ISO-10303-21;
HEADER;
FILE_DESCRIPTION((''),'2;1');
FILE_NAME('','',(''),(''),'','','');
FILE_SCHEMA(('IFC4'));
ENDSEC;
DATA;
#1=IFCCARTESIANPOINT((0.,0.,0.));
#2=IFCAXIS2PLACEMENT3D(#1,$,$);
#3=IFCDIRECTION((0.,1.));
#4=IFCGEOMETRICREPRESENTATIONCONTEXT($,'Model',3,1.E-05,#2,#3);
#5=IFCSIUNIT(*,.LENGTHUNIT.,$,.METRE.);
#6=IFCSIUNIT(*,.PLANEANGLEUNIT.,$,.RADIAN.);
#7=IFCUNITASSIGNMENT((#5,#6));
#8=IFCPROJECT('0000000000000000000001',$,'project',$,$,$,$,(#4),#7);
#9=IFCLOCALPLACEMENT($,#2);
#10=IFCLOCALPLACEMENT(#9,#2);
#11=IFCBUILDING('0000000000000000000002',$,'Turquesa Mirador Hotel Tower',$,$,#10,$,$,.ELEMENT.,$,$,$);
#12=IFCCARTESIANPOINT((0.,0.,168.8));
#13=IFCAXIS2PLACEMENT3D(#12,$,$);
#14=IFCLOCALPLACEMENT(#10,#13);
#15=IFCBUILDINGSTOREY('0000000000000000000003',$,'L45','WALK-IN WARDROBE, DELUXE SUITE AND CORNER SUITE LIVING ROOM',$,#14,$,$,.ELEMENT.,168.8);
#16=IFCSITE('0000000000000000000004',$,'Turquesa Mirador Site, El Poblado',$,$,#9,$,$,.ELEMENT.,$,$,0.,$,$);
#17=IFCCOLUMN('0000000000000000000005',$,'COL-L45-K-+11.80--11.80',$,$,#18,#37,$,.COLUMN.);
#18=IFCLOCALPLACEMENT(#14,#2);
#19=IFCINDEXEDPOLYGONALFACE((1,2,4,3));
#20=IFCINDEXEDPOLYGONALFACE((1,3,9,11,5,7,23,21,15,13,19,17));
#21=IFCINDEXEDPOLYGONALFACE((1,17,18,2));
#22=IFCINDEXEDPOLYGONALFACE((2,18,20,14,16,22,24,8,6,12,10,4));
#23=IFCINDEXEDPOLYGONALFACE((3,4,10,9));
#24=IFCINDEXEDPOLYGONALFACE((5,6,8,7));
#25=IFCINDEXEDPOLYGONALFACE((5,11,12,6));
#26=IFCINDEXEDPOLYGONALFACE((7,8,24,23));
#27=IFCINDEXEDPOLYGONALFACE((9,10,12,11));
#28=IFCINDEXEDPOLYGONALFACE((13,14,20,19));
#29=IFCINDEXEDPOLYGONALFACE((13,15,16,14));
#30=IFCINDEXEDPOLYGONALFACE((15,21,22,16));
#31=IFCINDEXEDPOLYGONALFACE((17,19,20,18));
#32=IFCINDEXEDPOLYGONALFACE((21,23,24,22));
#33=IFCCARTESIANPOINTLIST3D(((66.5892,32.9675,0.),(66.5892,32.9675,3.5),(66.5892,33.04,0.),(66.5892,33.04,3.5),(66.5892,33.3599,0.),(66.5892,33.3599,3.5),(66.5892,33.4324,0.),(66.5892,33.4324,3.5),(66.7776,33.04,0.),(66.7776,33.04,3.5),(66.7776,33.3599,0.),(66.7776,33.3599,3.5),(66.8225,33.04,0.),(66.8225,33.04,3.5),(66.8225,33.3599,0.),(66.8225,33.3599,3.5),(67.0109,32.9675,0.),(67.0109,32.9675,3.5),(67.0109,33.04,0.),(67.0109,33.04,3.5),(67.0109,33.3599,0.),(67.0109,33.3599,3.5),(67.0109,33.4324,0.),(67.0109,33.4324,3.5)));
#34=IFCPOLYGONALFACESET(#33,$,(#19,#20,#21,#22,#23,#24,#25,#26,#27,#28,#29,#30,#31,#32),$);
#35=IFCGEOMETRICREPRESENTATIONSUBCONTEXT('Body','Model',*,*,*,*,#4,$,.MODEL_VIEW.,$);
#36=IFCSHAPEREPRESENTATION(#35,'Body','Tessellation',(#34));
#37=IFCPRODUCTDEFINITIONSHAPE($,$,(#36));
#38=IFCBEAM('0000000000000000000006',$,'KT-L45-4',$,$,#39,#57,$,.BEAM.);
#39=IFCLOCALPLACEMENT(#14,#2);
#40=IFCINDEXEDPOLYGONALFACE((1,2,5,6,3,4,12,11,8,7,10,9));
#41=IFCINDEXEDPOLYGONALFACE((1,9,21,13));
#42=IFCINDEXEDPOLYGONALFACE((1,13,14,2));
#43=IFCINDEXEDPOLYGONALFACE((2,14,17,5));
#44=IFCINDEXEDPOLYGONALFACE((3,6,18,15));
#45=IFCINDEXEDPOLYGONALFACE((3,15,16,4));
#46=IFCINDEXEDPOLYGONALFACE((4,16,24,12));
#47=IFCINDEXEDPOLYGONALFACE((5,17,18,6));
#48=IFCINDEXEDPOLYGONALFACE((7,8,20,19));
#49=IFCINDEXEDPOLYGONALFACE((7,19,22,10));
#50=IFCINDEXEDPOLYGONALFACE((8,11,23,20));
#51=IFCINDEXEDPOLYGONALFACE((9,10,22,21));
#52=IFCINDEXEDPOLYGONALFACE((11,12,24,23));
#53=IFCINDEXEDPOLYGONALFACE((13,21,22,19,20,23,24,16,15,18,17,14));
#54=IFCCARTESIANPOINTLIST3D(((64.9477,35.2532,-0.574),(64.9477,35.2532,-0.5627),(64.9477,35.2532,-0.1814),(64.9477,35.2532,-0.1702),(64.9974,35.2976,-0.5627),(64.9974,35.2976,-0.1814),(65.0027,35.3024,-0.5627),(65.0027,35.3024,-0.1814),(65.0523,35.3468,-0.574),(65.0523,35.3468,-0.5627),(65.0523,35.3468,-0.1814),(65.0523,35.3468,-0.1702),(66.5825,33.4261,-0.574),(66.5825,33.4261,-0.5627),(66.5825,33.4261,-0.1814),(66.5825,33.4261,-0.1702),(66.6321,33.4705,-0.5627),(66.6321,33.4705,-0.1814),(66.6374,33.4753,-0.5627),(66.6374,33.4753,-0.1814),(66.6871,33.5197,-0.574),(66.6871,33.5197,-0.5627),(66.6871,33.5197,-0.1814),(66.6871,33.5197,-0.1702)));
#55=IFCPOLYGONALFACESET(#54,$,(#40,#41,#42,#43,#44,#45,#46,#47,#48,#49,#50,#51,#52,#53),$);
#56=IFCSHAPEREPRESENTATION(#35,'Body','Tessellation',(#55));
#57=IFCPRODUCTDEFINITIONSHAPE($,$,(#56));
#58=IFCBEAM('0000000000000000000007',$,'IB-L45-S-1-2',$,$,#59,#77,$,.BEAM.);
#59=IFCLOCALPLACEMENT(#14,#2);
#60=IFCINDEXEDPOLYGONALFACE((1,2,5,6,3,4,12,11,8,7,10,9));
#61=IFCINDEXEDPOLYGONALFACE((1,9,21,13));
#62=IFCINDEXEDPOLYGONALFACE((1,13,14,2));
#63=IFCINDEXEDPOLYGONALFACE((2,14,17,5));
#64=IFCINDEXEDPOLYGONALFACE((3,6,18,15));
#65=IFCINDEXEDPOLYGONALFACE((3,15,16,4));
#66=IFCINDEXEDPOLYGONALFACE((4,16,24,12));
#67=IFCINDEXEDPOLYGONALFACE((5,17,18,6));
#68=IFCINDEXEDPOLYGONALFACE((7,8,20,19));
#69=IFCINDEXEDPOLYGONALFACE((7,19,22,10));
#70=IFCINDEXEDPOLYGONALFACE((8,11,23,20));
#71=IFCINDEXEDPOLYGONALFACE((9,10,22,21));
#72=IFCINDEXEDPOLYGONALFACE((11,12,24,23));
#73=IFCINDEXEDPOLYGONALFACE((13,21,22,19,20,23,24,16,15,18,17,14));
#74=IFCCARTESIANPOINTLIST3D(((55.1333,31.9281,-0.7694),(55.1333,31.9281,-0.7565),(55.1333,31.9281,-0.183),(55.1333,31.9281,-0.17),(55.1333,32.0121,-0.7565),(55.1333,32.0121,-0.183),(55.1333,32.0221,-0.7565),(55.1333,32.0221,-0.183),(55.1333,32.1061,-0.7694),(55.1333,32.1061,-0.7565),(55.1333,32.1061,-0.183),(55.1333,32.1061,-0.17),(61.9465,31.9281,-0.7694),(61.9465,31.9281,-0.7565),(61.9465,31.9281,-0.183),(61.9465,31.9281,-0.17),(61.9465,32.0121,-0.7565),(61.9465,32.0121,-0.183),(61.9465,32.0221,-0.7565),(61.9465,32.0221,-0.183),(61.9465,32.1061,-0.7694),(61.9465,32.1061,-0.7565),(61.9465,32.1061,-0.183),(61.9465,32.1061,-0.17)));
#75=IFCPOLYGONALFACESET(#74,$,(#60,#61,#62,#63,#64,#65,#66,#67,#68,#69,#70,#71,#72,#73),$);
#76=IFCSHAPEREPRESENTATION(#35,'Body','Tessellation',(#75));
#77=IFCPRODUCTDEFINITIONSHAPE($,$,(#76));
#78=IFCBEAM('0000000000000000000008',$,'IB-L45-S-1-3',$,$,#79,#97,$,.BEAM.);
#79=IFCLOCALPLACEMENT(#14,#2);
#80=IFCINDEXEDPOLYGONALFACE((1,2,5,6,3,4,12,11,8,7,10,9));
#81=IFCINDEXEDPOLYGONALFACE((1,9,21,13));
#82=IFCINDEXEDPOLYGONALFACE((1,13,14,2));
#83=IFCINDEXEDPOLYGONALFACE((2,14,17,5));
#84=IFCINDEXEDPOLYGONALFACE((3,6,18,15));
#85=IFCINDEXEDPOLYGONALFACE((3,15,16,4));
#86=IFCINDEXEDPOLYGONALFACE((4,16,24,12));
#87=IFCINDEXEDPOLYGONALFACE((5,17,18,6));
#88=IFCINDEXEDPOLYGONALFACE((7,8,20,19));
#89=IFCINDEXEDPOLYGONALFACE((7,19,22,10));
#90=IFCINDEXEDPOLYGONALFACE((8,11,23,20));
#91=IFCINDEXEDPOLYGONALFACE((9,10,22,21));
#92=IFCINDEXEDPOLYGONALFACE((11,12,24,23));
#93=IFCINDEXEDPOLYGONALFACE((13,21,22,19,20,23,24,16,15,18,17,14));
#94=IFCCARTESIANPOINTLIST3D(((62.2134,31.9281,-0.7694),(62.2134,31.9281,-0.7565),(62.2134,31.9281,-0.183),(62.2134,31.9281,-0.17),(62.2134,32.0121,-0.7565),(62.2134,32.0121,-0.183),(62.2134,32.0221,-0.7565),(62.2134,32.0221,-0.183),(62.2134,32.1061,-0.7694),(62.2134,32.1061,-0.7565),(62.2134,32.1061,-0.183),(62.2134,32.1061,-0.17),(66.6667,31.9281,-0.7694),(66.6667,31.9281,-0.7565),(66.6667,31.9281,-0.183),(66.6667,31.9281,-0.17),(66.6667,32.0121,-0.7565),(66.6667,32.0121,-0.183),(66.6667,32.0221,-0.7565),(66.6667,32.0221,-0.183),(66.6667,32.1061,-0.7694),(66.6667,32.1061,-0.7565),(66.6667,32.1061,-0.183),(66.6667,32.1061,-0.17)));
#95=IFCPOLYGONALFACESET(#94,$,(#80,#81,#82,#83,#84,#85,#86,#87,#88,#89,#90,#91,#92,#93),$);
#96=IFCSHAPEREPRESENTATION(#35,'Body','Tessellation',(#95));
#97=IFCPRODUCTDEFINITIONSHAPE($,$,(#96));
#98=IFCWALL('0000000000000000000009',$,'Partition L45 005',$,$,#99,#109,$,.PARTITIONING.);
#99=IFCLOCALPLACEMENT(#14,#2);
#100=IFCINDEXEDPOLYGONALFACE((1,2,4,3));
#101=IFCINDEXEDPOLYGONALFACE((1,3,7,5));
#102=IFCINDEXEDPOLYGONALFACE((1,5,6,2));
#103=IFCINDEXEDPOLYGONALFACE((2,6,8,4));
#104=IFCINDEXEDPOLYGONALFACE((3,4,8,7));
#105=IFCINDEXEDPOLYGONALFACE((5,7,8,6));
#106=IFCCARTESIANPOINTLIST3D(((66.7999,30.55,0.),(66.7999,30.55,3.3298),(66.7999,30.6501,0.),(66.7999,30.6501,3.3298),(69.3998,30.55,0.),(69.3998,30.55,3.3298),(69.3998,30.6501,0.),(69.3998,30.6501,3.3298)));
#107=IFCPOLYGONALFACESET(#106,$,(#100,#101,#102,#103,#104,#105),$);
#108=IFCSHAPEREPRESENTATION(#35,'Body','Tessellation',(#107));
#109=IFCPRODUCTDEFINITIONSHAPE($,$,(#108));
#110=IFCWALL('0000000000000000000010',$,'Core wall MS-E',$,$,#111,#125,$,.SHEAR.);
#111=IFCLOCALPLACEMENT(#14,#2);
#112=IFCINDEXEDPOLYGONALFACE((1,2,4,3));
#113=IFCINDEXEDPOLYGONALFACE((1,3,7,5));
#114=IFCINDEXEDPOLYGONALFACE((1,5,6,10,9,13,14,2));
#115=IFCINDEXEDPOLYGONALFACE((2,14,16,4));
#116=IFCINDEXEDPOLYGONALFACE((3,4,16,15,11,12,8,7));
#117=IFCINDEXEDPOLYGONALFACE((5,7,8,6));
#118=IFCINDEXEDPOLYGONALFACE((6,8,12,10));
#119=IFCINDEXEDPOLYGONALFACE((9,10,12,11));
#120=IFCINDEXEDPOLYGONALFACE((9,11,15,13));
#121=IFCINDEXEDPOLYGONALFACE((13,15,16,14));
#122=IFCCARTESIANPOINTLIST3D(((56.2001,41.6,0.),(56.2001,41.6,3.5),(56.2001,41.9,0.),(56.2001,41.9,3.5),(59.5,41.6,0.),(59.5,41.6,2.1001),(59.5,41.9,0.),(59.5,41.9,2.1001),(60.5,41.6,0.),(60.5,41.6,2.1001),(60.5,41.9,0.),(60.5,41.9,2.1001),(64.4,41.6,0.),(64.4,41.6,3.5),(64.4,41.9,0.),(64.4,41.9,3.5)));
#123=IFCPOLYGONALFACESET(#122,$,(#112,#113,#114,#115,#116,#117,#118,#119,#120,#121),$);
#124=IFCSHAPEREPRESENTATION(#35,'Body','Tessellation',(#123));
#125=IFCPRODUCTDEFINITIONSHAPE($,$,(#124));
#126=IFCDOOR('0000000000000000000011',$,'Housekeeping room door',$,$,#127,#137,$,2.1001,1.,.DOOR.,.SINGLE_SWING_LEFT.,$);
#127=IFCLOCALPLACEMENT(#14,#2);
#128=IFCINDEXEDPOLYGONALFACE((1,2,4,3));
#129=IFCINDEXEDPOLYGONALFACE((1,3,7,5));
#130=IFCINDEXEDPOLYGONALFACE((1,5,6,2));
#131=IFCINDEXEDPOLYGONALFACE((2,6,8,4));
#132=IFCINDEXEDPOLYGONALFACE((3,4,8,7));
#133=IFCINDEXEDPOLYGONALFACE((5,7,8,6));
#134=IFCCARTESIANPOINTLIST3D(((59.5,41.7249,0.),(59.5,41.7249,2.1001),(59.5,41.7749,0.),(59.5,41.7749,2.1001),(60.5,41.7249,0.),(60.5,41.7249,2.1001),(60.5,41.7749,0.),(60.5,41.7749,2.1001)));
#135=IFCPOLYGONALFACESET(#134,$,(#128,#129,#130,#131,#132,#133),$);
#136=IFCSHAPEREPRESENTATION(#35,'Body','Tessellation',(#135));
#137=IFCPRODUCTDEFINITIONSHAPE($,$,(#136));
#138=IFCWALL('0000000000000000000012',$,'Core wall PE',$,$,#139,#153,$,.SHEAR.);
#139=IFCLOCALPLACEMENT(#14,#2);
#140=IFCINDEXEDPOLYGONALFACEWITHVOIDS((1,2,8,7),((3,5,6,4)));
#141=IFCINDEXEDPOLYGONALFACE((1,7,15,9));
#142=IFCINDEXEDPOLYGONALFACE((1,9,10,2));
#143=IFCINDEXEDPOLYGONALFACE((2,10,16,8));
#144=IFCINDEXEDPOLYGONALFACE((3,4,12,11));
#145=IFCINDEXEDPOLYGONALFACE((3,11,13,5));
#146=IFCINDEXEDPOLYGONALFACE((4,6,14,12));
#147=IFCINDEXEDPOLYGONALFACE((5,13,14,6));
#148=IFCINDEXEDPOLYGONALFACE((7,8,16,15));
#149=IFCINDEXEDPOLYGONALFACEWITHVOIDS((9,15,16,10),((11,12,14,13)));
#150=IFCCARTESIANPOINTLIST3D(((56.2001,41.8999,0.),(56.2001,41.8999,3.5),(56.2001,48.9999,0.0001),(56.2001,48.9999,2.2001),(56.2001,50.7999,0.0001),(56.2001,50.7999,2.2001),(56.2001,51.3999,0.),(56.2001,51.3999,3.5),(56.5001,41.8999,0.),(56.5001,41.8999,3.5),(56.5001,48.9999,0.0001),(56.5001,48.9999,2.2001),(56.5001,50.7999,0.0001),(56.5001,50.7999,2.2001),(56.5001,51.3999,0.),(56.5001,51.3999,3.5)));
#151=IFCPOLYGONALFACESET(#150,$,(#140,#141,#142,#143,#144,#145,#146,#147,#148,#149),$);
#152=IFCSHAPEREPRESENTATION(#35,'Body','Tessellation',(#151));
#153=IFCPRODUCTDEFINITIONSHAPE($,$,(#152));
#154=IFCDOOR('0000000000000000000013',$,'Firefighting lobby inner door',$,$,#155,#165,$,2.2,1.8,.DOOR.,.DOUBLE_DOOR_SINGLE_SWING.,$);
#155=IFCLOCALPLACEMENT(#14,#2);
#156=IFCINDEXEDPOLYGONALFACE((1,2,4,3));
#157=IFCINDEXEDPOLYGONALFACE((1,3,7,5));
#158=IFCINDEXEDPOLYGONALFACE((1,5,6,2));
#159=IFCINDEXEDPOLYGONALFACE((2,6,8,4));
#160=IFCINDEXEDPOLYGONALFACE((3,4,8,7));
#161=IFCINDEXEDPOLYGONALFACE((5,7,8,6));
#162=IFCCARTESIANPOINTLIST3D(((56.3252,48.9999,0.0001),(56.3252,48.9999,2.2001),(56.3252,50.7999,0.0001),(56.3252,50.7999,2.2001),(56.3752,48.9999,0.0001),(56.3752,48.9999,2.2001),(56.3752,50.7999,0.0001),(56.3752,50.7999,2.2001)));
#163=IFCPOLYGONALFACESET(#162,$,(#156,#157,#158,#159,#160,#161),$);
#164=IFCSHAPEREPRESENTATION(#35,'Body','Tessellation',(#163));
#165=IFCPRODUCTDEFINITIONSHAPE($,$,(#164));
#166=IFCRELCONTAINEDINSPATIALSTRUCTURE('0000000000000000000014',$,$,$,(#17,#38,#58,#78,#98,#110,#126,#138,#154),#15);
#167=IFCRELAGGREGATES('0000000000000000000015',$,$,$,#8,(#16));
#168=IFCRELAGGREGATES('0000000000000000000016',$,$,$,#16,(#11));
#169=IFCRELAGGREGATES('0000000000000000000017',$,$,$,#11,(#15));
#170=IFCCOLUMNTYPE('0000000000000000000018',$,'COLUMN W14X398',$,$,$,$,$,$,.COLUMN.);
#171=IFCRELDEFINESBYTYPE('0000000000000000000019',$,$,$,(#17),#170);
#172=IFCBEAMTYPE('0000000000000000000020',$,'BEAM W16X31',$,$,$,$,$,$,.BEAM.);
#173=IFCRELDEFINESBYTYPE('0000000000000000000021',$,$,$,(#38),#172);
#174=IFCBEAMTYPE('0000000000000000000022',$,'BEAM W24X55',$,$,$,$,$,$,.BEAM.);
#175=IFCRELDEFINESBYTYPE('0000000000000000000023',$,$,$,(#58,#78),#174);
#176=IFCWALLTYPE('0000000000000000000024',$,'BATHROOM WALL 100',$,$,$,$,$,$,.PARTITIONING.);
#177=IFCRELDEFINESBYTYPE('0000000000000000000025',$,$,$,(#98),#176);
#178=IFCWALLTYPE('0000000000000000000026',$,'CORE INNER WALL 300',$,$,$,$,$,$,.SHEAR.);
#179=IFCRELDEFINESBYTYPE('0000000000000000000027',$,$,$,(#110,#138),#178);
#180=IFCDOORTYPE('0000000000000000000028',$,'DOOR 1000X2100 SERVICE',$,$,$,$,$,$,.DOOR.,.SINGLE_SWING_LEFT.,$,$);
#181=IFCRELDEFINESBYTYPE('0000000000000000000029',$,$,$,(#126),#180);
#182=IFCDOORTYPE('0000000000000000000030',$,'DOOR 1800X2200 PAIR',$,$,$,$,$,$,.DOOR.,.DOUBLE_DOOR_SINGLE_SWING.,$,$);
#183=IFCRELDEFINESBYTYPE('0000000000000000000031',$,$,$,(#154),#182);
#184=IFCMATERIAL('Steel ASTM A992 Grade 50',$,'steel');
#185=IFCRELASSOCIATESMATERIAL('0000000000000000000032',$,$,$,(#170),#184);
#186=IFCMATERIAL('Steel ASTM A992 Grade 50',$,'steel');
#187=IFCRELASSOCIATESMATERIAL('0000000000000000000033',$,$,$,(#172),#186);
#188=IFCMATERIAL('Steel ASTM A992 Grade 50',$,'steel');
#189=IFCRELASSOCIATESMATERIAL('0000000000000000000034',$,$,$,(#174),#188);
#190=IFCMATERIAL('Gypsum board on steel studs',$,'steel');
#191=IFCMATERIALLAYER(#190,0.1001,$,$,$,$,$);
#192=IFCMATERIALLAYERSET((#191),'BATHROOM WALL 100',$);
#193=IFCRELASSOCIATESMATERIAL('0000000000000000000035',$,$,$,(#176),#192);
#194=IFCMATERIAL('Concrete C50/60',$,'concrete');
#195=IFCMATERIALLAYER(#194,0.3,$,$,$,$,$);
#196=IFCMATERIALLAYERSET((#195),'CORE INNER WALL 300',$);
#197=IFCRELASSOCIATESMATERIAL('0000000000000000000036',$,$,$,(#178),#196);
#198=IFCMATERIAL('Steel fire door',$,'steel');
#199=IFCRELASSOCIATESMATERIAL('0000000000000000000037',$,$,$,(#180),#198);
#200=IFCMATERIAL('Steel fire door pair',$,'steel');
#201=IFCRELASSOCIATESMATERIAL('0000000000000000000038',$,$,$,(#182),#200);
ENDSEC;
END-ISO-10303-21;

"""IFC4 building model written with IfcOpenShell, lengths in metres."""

from ifc_helpers import new_model, si_unit, direction, frame, frame_2d, origin, origin_2d, place, context, subcontext, project, spatial, rectangle, i_section, extrude, material, layer, layer_set, material_profile, profile_set, type_object, element, fill, save


model = new_model("IFC4")

# Units and contexts
model_context = context("Model", 3, precision=1e-05, world=origin(), true_north=direction((0.0, 1.0)))
body_context = subcontext(model_context, "Body", "Model", "MODEL_VIEW")
ifc_project = project(units=[si_unit("LENGTHUNIT", "METRE"), si_unit("PLANEANGLEUNIT", "RADIAN")], contexts=[model_context])

# Site, building, storey
site_placement = place(None, origin())
site = spatial("IfcSite", under=ifc_project, at=site_placement, Name="Turquesa Mirador Site, El Poblado", CompositionType="ELEMENT", RefElevation=0.0)
building_placement = place(site_placement, origin())
building = spatial("IfcBuilding", under=site, at=building_placement, Name="Turquesa Mirador Hotel Tower", CompositionType="ELEMENT")
storey_placement = place(building_placement, frame((0.0, 0.0, 168.8)))
storey = spatial("IfcBuildingStorey", under=building, at=storey_placement, Name="L45", Description="WALK-IN WARDROBE, DELUXE SUITE AND CORNER SUITE LIVING ROOM", CompositionType="ELEMENT", Elevation=168.8)

# Column
ifc_material_1 = material(Name="Steel ASTM A992 Grade 50", Category="steel")
ifc_material_profile_1 = material_profile(ifc_material_1, i_section(OverallWidth=0.4216, OverallDepth=0.4648, WebThickness=0.0449, FlangeThickness=0.0725, at=origin_2d()), Name="W14X398")
ifc_profile_set_1 = profile_set([ifc_material_profile_1], Name="Steel ASTM A992 Grade 50")
column_type = type_object("IfcColumnType", Name="COLUMN W14X398", PredefinedType="COLUMN", material=ifc_profile_set_1)
column_placement = place(storey_placement, frame((66.8, 33.2, 0.0), z_axis=(0.0, 0.0, 1.0), x_axis=(1.0, 0.0, 0.0)))
element("IfcColumn", 1, at=column_placement, inside=storey, type_object=column_type, Name="COL-L45-K-+11.80--11.80", PredefinedType="COLUMN", context=body_context, shape_type="SweptSolid", body=[
    extrude(i_section(OverallWidth=0.4216, OverallDepth=0.4648, WebThickness=0.0449, FlangeThickness=0.0725, at=origin_2d()), origin(), (0.0, 0.0, 1.0), 3.5),
])

# Beams
ifc_material_2 = material(Name="Steel ASTM A992 Grade 50", Category="steel")
ifc_material_profile_2 = material_profile(ifc_material_2, i_section(OverallWidth=0.1404, OverallDepth=0.4038, WebThickness=0.0071, FlangeThickness=0.0112, at=origin_2d()), Name="W16X31")
ifc_profile_set_2 = profile_set([ifc_material_profile_2], Name="Steel ASTM A992 Grade 50")
beam_type_1 = type_object("IfcBeamType", Name="BEAM W16X31", PredefinedType="BEAM", material=ifc_profile_set_2)
beam_1_placement = place(storey_placement, frame((66.6348, 33.4729, -0.3721), z_axis=(-0.666783, 0.745252, 0.0), x_axis=(-0.745252, -0.666783, 0.0)))
element("IfcBeam", 2, at=beam_1_placement, inside=storey, type_object=beam_type_1, Name="KT-L45-4", PredefinedType="BEAM", context=body_context, shape_type="SweptSolid", body=[
    extrude(i_section(OverallWidth=0.1404, OverallDepth=0.4038, WebThickness=0.0071, FlangeThickness=0.0112, at=origin_2d()), origin(), (0.0, 0.0, 1.0), 2.4517),
])
ifc_material_3 = material(Name="Steel ASTM A992 Grade 50", Category="steel")
ifc_material_profile_3 = material_profile(ifc_material_3, i_section(OverallWidth=0.178, OverallDepth=0.5994, WebThickness=0.01, FlangeThickness=0.0129, at=origin_2d()), Name="W24X55")
ifc_profile_set_3 = profile_set([ifc_material_profile_3], Name="Steel ASTM A992 Grade 50")
beam_type_2 = type_object("IfcBeamType", Name="BEAM W24X55", PredefinedType="BEAM", material=ifc_profile_set_3)
beam_2_placement = place(storey_placement, frame((55.1333, 32.0171, -0.4697), z_axis=(1.0, 0.0, 0.0), x_axis=(0.0, 1.0, 0.0)))
element("IfcBeam", 3, at=beam_2_placement, inside=storey, type_object=beam_type_2, Name="IB-L45-S-1-2", PredefinedType="BEAM", context=body_context, shape_type="SweptSolid", body=[
    extrude(i_section(OverallWidth=0.178, OverallDepth=0.5994, WebThickness=0.01, FlangeThickness=0.0129, at=origin_2d()), origin(), (0.0, 0.0, 1.0), 6.8132),
])
beam_3_placement = place(storey_placement, frame((62.2134, 32.0171, -0.4697), z_axis=(1.0, 0.0, 0.0), x_axis=(0.0, 1.0, 0.0)))
element("IfcBeam", 4, at=beam_3_placement, inside=storey, type_object=beam_type_2, Name="IB-L45-S-1-3", PredefinedType="BEAM", context=body_context, shape_type="SweptSolid", body=[
    extrude(i_section(OverallWidth=0.178, OverallDepth=0.5994, WebThickness=0.01, FlangeThickness=0.0129, at=origin_2d()), origin(), (0.0, 0.0, 1.0), 4.4534),
])

# Wall
ifc_material_4 = material(Name="Gypsum board on steel studs", Category="steel")
ifc_layer_1 = layer(ifc_material_4, 0.1001)
ifc_layer_set_1 = layer_set([ifc_layer_1], Name="BATHROOM WALL 100")
wall_type_1 = type_object("IfcWallType", Name="BATHROOM WALL 100", PredefinedType="PARTITIONING", material=ifc_layer_set_1)
wall_1_placement = place(storey_placement, frame((66.8, 30.6001, 0.0), z_axis=(0.0, 0.0, 1.0), x_axis=(1.0, 0.0, 0.0)))
element("IfcWall", 5, at=wall_1_placement, inside=storey, type_object=wall_type_1, Name="Partition L45 005", PredefinedType="PARTITIONING", context=body_context, shape_type="SweptSolid", body=[
    extrude(rectangle(XDim=2.5999, YDim=0.1001, at=frame_2d((1.2998, 0.0))), origin(), (0.0, 0.0, 1.0), 3.3298),
])

# Walls, openings, doors
ifc_material_5 = material(Name="Concrete C50/60", Category="concrete")
ifc_layer_2 = layer(ifc_material_5, 0.3)
ifc_layer_set_2 = layer_set([ifc_layer_2], Name="CORE INNER WALL 300")
wall_type_2 = type_object("IfcWallType", Name="CORE INNER WALL 300", PredefinedType="SHEAR", material=ifc_layer_set_2)
wall_2_placement = place(storey_placement, frame((56.2, 41.75, 0.0), z_axis=(0.0, 0.0, 1.0), x_axis=(1.0, 0.0, 0.0)))
wall_2 = element("IfcWall", 6, at=wall_2_placement, inside=storey, type_object=wall_type_2, Name="Core wall MS-E", PredefinedType="SHEAR", context=body_context, shape_type="SweptSolid", body=[
    extrude(rectangle(XDim=8.2, YDim=0.3, at=frame_2d((4.1001, 0.0))), origin(), (0.0, 0.0, 1.0), 3.5),
])
opening_1_placement = place(wall_2_placement, frame((3.3, 0.0, 0.0)))
opening_1 = element("IfcOpeningElement", 7, at=opening_1_placement, cuts=wall_2, PredefinedType="OPENING", context=body_context, shape_type="SweptSolid", body=[
    extrude(rectangle(XDim=1.0, YDim=2.1001, at=frame_2d((0.5, 1.05))), frame((0.0, 0.1599, 0.0), z_axis=(0.0, -1.0, 0.0), x_axis=(1.0, 0.0, 0.0)), (0.0, 0.0, 1.0), 0.3201),
])
ifc_material_6 = material(Name="Steel fire door", Category="steel")
door_type_1 = type_object("IfcDoorType", Name="DOOR 1000X2100 SERVICE", OperationType="SINGLE_SWING_LEFT", PredefinedType="DOOR", material=ifc_material_6)
door_1_placement = place(opening_1_placement, origin())
door_1 = element("IfcDoor", 8, at=door_1_placement, inside=storey, type_object=door_type_1, Name="Housekeeping room door", OperationType="SINGLE_SWING_LEFT", OverallHeight=2.1001, OverallWidth=1.0, PredefinedType="DOOR", context=body_context, shape_type="SweptSolid", body=[
    extrude(rectangle(XDim=1.0, YDim=2.1001, at=frame_2d((0.5, 1.05))), frame((0.0, 0.0249, 0.0), z_axis=(0.0, -1.0, 0.0), x_axis=(1.0, 0.0, 0.0)), (0.0, 0.0, 1.0), 0.05),
])
fill(opening_1, door_1)
wall_3_placement = place(storey_placement, frame((56.3501, 41.8999, 0.0), z_axis=(0.0, 0.0, 1.0), x_axis=(0.0, 1.0, 0.0)))
wall_3 = element("IfcWall", 9, at=wall_3_placement, inside=storey, type_object=wall_type_2, Name="Core wall PE", PredefinedType="SHEAR", context=body_context, shape_type="SweptSolid", body=[
    extrude(rectangle(XDim=9.5, YDim=0.3, at=frame_2d((4.75, 0.0))), origin(), (0.0, 0.0, 1.0), 3.5),
])
opening_2_placement = place(wall_3_placement, frame((7.1001, 0.0, 0.0)))
opening_2 = element("IfcOpeningElement", 10, at=opening_2_placement, cuts=wall_3, PredefinedType="OPENING", context=body_context, shape_type="SweptSolid", body=[
    extrude(rectangle(XDim=1.8, YDim=2.2, at=frame_2d((0.8999, 1.1001))), frame((0.0, 0.1599, 0.0), z_axis=(0.0, -1.0, 0.0), x_axis=(1.0, 0.0, 0.0)), (0.0, 0.0, 1.0), 0.3201),
])
ifc_material_7 = material(Name="Steel fire door pair", Category="steel")
door_type_2 = type_object("IfcDoorType", Name="DOOR 1800X2200 PAIR", OperationType="DOUBLE_DOOR_SINGLE_SWING", PredefinedType="DOOR", material=ifc_material_7)
door_2_placement = place(opening_2_placement, origin())
door_2 = element("IfcDoor", 11, at=door_2_placement, inside=storey, type_object=door_type_2, Name="Firefighting lobby inner door", OperationType="DOUBLE_DOOR_SINGLE_SWING", OverallHeight=2.2, OverallWidth=1.8, PredefinedType="DOOR", context=body_context, shape_type="SweptSolid", body=[
    extrude(rectangle(XDim=1.8, YDim=2.2, at=frame_2d((0.8999, 1.1001))), frame((0.0, 0.0249, 0.0), z_axis=(0.0, -1.0, 0.0), x_axis=(1.0, 0.0, 0.0)), (0.0, 0.0, 1.0), 0.05),
])
fill(opening_2, door_2)

save(model, "model.ifc")
